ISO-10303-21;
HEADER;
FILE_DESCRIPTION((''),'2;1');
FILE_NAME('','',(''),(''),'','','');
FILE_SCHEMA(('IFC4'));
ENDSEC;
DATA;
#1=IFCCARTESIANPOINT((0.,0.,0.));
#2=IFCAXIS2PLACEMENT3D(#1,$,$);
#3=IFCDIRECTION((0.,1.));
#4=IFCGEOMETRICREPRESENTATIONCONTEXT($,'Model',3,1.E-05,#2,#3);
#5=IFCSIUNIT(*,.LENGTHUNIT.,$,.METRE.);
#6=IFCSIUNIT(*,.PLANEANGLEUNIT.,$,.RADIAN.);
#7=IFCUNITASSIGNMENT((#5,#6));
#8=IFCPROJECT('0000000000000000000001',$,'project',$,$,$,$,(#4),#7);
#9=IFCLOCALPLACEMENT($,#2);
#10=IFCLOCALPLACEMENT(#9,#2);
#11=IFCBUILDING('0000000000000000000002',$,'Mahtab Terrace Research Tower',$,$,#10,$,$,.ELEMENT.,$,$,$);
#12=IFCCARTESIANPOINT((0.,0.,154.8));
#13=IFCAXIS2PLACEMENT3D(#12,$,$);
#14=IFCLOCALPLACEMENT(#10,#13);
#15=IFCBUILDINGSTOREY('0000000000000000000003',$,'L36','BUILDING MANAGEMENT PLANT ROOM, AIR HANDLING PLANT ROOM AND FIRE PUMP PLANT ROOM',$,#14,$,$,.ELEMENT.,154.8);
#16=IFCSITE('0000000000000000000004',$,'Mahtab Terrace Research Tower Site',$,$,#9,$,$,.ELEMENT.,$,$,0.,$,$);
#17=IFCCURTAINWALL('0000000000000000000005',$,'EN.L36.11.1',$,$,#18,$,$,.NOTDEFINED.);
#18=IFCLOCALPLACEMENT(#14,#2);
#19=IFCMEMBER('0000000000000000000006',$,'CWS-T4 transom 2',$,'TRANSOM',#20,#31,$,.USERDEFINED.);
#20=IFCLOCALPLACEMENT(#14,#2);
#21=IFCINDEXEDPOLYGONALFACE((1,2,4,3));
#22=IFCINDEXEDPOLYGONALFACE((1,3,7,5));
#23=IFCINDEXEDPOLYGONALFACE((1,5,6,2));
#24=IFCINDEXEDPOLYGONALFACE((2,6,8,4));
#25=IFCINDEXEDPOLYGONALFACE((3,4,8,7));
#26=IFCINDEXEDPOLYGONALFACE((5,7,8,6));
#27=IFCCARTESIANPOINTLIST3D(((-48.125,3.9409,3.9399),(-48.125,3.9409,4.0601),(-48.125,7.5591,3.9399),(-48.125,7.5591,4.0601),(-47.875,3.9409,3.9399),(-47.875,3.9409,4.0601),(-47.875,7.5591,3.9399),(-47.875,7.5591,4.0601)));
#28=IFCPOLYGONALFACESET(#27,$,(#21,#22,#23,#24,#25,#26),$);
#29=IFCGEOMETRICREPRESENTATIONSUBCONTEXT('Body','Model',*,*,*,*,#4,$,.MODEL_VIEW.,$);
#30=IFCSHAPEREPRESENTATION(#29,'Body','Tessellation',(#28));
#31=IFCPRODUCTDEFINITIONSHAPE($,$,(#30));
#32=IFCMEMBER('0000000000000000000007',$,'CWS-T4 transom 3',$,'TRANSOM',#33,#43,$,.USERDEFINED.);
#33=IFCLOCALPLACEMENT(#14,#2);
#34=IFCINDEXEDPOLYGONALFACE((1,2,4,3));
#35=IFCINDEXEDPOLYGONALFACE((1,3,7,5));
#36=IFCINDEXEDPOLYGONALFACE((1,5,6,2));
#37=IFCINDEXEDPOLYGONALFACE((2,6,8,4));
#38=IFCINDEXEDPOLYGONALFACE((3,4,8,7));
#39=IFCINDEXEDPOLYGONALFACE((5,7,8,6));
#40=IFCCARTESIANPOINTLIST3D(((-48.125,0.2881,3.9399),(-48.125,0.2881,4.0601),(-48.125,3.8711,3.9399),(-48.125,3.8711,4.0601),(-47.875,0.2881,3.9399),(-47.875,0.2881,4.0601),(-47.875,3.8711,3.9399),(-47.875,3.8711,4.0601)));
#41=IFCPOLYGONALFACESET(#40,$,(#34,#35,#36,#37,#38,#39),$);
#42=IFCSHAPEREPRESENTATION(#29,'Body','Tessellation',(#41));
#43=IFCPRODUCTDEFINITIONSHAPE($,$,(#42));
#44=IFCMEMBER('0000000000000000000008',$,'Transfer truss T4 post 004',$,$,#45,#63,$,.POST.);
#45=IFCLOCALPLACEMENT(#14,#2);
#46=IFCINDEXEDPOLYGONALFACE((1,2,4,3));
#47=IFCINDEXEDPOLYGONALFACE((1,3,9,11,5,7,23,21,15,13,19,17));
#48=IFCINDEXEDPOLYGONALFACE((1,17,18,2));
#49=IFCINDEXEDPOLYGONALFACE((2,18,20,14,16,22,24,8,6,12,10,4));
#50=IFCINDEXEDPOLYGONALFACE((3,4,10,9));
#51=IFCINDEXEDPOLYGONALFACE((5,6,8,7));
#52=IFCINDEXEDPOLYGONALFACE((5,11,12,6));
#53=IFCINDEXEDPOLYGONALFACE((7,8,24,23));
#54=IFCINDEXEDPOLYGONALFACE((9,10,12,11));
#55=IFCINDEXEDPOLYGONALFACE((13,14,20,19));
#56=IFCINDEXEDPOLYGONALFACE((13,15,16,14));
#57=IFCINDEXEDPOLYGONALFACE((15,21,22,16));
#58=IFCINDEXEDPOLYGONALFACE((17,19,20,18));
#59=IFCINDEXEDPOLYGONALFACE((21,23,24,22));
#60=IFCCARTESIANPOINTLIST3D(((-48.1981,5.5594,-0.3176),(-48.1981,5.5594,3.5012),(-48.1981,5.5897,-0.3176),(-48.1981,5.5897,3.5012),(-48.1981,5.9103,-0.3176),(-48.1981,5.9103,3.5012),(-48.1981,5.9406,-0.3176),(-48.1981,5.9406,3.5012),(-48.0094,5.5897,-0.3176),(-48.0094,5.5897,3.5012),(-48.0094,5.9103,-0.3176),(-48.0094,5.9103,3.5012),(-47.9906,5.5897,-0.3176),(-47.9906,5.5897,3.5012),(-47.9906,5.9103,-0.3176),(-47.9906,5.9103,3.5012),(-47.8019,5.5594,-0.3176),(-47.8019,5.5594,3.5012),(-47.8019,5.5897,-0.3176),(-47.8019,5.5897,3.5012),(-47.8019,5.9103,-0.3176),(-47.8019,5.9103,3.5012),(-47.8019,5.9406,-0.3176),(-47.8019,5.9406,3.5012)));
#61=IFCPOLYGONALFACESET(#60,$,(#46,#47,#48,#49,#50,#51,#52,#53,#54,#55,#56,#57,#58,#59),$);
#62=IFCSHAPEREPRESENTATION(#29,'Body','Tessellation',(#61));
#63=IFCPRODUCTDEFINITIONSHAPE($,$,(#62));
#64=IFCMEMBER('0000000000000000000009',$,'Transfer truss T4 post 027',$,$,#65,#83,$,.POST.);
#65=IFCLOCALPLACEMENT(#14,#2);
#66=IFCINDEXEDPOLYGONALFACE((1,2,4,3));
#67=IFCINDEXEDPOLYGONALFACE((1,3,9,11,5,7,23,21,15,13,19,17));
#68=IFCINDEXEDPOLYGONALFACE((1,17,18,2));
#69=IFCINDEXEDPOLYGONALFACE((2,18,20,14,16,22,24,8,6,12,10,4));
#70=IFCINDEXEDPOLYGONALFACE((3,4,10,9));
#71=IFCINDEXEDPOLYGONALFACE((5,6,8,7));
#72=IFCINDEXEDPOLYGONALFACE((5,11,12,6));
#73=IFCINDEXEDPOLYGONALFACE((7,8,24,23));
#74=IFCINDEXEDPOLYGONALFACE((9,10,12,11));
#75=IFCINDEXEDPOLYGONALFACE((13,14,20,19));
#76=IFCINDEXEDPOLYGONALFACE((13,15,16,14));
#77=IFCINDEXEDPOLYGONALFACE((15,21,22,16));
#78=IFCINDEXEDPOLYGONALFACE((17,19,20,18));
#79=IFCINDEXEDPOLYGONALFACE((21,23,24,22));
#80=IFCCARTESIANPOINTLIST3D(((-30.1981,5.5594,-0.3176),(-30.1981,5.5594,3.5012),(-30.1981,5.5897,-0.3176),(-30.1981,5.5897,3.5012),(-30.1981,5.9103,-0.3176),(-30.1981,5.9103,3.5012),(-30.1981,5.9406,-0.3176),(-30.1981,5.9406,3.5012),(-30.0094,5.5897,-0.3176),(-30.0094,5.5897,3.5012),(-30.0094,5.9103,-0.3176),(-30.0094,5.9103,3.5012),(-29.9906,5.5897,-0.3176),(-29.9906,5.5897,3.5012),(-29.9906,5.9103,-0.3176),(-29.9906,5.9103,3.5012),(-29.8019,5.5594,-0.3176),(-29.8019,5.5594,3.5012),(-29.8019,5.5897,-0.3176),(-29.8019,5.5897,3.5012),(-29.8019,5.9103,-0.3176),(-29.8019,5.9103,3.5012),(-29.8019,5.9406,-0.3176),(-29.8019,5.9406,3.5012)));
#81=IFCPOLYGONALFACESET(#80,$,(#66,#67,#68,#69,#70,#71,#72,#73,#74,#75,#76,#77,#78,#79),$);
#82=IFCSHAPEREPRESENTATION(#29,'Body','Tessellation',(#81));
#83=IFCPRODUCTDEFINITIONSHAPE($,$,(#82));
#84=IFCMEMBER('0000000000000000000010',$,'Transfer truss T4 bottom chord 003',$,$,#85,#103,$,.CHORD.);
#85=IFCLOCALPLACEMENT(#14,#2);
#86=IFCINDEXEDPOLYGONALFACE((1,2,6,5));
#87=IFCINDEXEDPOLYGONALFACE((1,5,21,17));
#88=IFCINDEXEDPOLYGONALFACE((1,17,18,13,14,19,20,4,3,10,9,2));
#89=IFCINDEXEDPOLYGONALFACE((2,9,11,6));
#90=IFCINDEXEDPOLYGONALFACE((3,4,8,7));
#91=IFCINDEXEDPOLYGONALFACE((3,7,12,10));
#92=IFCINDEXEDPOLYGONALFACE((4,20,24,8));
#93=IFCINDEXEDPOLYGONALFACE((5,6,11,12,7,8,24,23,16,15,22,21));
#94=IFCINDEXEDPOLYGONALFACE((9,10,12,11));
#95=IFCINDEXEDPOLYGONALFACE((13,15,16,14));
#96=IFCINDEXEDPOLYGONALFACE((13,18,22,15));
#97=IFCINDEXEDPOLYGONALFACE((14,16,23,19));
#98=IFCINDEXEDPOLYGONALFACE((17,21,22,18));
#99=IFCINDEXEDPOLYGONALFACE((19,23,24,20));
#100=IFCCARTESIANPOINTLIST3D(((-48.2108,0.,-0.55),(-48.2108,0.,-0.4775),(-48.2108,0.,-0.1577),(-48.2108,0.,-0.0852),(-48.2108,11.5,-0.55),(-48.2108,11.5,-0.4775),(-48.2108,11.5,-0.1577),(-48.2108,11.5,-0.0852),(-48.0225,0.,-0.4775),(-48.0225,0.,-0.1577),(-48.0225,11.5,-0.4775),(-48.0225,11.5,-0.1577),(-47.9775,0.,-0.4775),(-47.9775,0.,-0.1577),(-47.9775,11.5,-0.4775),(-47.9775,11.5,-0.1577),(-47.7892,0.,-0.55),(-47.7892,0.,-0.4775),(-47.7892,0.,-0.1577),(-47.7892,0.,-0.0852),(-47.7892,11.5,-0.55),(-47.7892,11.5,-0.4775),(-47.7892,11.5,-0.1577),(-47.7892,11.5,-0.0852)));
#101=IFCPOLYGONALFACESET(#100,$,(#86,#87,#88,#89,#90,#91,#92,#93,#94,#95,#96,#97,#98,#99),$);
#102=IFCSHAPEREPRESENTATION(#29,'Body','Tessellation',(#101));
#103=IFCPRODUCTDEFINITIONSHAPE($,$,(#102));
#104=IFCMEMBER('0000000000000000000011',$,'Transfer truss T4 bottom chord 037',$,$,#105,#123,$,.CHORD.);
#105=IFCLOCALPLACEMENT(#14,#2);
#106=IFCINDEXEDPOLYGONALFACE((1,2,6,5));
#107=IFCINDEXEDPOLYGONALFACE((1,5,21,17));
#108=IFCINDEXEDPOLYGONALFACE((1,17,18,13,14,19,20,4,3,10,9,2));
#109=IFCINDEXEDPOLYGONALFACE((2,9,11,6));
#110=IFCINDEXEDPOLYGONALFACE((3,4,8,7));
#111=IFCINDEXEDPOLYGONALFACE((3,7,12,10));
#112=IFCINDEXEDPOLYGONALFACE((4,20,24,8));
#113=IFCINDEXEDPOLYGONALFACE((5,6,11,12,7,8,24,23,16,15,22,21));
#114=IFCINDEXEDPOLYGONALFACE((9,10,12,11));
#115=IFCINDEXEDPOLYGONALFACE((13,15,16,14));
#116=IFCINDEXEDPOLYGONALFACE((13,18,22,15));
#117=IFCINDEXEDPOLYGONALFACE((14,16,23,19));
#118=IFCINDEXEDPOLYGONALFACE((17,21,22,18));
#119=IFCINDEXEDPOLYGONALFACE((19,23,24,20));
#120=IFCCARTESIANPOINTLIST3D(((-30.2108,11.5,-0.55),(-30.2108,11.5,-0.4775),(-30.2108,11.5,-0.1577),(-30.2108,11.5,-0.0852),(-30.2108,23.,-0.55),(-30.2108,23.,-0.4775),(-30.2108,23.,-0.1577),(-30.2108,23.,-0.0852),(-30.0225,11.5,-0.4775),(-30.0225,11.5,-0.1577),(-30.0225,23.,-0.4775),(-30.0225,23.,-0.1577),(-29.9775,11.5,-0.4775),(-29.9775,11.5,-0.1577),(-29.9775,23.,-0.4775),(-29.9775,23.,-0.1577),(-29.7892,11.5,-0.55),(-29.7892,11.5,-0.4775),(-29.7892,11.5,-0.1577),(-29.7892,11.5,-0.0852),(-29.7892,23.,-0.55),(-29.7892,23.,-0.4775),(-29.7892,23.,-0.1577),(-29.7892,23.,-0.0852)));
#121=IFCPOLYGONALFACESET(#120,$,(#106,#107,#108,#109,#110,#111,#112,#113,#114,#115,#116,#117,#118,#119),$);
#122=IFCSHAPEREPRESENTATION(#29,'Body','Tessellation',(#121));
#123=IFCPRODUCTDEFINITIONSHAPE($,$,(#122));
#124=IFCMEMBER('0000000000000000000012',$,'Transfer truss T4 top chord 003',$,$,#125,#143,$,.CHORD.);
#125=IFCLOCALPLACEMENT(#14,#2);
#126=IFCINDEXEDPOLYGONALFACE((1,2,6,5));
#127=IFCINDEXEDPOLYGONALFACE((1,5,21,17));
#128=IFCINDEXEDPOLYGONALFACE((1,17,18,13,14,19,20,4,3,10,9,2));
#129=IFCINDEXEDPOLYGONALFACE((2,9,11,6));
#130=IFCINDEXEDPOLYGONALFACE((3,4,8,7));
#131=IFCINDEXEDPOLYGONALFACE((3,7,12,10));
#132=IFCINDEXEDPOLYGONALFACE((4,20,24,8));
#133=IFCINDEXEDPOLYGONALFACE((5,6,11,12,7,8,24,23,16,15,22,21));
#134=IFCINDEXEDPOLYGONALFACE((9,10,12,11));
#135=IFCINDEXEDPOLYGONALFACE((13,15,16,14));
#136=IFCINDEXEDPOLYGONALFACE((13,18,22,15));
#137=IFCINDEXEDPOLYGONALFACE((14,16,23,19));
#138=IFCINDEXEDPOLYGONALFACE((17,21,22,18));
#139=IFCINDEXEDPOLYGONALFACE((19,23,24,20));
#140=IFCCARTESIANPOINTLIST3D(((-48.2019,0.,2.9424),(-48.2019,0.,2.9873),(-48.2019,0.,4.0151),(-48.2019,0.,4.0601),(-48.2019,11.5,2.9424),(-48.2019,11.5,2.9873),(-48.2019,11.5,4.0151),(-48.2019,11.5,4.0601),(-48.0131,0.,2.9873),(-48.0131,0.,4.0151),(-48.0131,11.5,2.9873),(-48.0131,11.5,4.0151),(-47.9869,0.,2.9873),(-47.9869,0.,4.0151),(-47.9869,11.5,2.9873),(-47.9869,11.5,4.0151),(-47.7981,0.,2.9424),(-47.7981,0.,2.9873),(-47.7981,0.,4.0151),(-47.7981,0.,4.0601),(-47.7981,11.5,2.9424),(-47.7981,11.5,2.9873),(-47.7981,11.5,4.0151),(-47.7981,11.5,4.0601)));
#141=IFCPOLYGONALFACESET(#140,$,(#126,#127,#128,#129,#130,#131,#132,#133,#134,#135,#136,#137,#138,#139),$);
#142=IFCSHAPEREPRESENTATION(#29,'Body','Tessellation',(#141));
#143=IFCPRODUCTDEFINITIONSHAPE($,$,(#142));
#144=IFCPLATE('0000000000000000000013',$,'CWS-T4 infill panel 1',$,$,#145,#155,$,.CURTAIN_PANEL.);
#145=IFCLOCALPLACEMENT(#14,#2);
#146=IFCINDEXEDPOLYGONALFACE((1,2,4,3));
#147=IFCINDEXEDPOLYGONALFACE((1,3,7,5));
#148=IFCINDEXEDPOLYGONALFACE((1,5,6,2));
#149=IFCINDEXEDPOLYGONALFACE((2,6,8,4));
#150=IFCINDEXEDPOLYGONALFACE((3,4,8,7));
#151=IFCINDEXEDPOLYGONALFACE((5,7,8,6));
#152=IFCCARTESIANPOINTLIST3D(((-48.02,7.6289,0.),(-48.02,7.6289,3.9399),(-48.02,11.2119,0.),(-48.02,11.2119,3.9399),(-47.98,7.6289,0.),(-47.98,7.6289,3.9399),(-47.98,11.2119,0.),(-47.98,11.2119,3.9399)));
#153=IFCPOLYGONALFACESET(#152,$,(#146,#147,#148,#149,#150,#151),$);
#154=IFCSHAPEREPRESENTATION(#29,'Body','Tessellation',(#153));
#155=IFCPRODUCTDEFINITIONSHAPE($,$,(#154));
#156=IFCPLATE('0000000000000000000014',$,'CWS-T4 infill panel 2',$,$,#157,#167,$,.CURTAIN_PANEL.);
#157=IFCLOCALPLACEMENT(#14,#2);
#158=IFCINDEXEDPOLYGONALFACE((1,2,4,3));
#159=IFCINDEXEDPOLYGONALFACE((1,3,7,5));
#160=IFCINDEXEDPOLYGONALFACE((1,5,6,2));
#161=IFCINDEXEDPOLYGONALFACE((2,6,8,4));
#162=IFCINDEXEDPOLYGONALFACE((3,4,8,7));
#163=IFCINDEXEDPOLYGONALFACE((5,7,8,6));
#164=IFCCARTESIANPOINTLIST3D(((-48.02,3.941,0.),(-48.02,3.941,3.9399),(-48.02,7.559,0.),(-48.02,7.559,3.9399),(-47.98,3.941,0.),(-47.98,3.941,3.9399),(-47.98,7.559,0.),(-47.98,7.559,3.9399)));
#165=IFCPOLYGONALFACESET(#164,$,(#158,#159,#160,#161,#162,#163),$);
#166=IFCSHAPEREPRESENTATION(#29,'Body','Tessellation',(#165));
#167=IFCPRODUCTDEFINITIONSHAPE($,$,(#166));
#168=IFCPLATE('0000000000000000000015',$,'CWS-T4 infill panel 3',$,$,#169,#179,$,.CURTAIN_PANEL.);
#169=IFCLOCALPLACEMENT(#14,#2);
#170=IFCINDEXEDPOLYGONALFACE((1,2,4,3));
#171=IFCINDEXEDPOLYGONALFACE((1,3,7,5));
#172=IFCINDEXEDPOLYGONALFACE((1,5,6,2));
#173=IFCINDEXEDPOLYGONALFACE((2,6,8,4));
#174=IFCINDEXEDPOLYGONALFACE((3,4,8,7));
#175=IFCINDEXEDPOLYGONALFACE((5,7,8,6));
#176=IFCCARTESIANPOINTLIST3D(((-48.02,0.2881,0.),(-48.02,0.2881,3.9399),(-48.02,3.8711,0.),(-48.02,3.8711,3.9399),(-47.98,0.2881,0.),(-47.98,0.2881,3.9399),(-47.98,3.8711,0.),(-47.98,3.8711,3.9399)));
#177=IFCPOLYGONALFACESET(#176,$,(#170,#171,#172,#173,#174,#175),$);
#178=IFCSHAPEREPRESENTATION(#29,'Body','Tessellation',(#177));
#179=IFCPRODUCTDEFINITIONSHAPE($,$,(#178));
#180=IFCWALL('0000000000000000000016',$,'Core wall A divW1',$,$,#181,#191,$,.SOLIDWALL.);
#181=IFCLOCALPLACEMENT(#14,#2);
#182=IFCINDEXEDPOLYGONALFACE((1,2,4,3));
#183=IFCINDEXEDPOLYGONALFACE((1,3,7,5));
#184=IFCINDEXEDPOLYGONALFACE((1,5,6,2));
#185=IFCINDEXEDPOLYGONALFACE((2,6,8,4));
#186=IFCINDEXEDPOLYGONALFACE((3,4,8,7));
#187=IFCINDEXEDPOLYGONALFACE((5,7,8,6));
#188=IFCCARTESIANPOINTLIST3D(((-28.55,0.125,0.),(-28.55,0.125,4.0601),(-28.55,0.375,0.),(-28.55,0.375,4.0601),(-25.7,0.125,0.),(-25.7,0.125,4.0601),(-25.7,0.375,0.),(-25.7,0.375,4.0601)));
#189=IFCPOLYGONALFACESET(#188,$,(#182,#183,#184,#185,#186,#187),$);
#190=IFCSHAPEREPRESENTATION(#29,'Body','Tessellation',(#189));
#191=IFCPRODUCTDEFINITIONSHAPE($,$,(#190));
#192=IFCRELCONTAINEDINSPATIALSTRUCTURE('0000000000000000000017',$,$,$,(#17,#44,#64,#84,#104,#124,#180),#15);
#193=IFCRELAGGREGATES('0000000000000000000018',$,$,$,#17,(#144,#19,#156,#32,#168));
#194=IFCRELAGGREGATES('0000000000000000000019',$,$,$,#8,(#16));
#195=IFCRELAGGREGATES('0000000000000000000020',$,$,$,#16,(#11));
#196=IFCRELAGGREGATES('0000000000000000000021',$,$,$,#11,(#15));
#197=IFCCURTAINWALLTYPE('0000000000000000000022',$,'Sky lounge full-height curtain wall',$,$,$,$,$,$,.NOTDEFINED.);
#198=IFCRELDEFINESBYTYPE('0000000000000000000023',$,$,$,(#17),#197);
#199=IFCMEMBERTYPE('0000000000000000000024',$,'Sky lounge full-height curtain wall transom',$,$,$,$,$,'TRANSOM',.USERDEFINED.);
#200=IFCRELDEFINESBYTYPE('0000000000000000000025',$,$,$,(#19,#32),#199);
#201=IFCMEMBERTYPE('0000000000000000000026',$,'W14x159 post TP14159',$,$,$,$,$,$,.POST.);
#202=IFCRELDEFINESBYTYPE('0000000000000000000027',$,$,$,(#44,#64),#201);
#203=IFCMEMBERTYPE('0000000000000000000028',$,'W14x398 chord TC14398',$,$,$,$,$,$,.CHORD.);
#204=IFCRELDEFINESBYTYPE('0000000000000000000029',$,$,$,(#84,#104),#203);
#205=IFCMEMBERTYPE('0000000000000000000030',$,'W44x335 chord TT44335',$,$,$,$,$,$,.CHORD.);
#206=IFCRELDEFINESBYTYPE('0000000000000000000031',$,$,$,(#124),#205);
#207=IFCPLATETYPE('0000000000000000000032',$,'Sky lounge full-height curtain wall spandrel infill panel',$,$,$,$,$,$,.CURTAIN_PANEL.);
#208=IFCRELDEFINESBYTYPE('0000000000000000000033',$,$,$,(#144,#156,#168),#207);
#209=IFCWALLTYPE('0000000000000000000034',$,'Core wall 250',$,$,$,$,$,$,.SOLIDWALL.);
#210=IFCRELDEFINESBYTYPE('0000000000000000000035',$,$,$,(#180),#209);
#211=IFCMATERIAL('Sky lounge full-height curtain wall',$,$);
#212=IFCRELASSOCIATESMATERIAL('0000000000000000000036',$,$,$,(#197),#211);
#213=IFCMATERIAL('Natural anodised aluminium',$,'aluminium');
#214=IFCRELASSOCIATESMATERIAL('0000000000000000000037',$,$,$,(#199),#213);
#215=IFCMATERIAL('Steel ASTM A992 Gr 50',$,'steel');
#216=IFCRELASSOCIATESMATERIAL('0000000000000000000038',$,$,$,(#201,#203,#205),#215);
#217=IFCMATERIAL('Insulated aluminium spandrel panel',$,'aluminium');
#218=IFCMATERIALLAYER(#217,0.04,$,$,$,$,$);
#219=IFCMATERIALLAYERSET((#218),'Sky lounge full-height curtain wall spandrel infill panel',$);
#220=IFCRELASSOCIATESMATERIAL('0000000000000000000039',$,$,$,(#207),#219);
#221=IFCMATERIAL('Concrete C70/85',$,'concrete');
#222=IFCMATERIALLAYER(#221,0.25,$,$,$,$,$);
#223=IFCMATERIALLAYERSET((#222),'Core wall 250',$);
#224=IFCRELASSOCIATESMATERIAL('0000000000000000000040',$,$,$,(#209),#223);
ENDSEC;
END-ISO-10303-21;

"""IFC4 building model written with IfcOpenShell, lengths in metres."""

from ifc_helpers import new_model, si_unit, direction, frame, frame_2d, origin, origin_2d, place, context, subcontext, project, spatial, rectangle, i_section, extrude, material, layer, layer_set, material_profile, profile_set, type_object, element, aggregate, save


model = new_model("IFC4")

# Units and contexts
model_context = context("Model", 3, precision=1e-05, world=origin(), true_north=direction((0.0, 1.0)))
body_context = subcontext(model_context, "Body", "Model", "MODEL_VIEW")
ifc_project = project(units=[si_unit("LENGTHUNIT", "METRE"), si_unit("PLANEANGLEUNIT", "RADIAN")], contexts=[model_context])

# Site, building, storey
site_placement = place(None, origin())
site = spatial("IfcSite", under=ifc_project, at=site_placement, Name="Mahtab Terrace Research Tower Site", CompositionType="ELEMENT", RefElevation=0.0)
building_placement = place(site_placement, origin())
building = spatial("IfcBuilding", under=site, at=building_placement, Name="Mahtab Terrace Research Tower", CompositionType="ELEMENT")
storey_placement = place(building_placement, frame((0.0, 0.0, 154.8)))
storey = spatial("IfcBuildingStorey", under=building, at=storey_placement, Name="L36", Description="BUILDING MANAGEMENT PLANT ROOM, AIR HANDLING PLANT ROOM AND FIRE PUMP PLANT ROOM", CompositionType="ELEMENT", Elevation=154.8)

# Shared definitions
ifc_material_1 = material(Name="Concrete C70/85", Category="concrete")
ifc_material_2 = material(Name="Steel ASTM A992 Gr 50", Category="steel")

# Curtain wall, members
ifc_material_3 = material(Name="Sky lounge full-height curtain wall")
curtain_wall_type = type_object("IfcCurtainWallType", Name="Sky lounge full-height curtain wall", PredefinedType="NOTDEFINED", material=ifc_material_3)
curtain_wall_placement = place(storey_placement, origin())
curtain_wall = element("IfcCurtainWall", 1, at=curtain_wall_placement, inside=storey, type_object=curtain_wall_type, Name="EN.L36.11.1", PredefinedType="NOTDEFINED")
ifc_material_4 = material(Name="Natural anodised aluminium", Category="aluminium")
ifc_material_profile_1 = material_profile(ifc_material_4, rectangle(XDim=0.25, YDim=0.1201, at=origin_2d()), Name="TRANSOM 120x250")
ifc_profile_set_1 = profile_set([ifc_material_profile_1], Name="Natural anodised aluminium")
member_type_1 = type_object("IfcMemberType", Name="Sky lounge full-height curtain wall transom", ElementType="TRANSOM", PredefinedType="USERDEFINED", material=ifc_profile_set_1)
member_1_placement = place(storey_placement, frame((-48.0, 7.5591, 4.0), z_axis=(0.0, -1.0, 0.0), x_axis=(1.0, 0.0, 0.0)))
member_1 = element("IfcMember", 2, at=member_1_placement, type_object=member_type_1, Name="CWS-T4 transom 2", ObjectType="TRANSOM", PredefinedType="USERDEFINED", context=body_context, shape_type="SweptSolid", body=[
    extrude(rectangle(XDim=0.25, YDim=0.1201, at=origin_2d()), origin(), (0.0, 0.0, 1.0), 3.6182),
])
member_2_placement = place(storey_placement, frame((-48.0, 3.8711, 4.0), z_axis=(0.0, -1.0, 0.0), x_axis=(1.0, 0.0, 0.0)))
member_2 = element("IfcMember", 3, at=member_2_placement, type_object=member_type_1, Name="CWS-T4 transom 3", ObjectType="TRANSOM", PredefinedType="USERDEFINED", context=body_context, shape_type="SweptSolid", body=[
    extrude(rectangle(XDim=0.25, YDim=0.1201, at=origin_2d()), origin(), (0.0, 0.0, 1.0), 3.583),
])

# Members
ifc_material_profile_2 = material_profile(ifc_material_2, i_section(OverallWidth=0.3962, OverallDepth=0.3811, WebThickness=0.0188, FlangeThickness=0.0303, at=origin_2d()), Name="W14X159")
ifc_profile_set_2 = profile_set([ifc_material_profile_2], Name="Steel ASTM A992 Gr 50")
member_type_2 = type_object("IfcMemberType", Name="W14x159 post TP14159", PredefinedType="POST", material=ifc_profile_set_2)
for number, where, z_axis, x_axis, name in (
    (4, (-48.0, 5.75, -0.3176), (0.0, 0.0, 1.0), (1.0, 0.0, 0.0), "Transfer truss T4 post 004"),
    (5, (-30.0, 5.75, -0.3176), (0.0, 0.0, 1.0), (1.0, 0.0, 0.0), "Transfer truss T4 post 027"),
):
    element("IfcMember", number, at=place(storey_placement, frame(where, z_axis=z_axis, x_axis=x_axis)), inside=storey, type_object=member_type_2, Name=name, PredefinedType="POST", context=body_context, shape_type="SweptSolid", body=[
        extrude(i_section(OverallWidth=0.3962, OverallDepth=0.3811, WebThickness=0.0188, FlangeThickness=0.0303, at=origin_2d()), origin(), (0.0, 0.0, 1.0), 3.8188),
    ])
ifc_material_profile_3 = material_profile(ifc_material_2, i_section(OverallWidth=0.4216, OverallDepth=0.4648, WebThickness=0.0449, FlangeThickness=0.0725, at=origin_2d()), Name="W14X398")
ifc_profile_set_3 = profile_set([ifc_material_profile_3], Name="Steel ASTM A992 Gr 50")
member_type_3 = type_object("IfcMemberType", Name="W14x398 chord TC14398", PredefinedType="CHORD", material=ifc_profile_set_3)
for number, where, z_axis, x_axis, name in (
    (6, (-48.0, 11.5, -0.3176), (0.0, -1.0, 0.0), (1.0, 0.0, 0.0), "Transfer truss T4 bottom chord 003"),
    (7, (-30.0, 11.5, -0.3176), (0.0, 1.0, 0.0), (-1.0, 0.0, 0.0), "Transfer truss T4 bottom chord 037"),
):
    element("IfcMember", number, at=place(storey_placement, frame(where, z_axis=z_axis, x_axis=x_axis)), inside=storey, type_object=member_type_3, Name=name, PredefinedType="CHORD", context=body_context, shape_type="SweptSolid", body=[
        extrude(i_section(OverallWidth=0.4216, OverallDepth=0.4648, WebThickness=0.0449, FlangeThickness=0.0725, at=origin_2d()), origin(), (0.0, 0.0, 1.0), 11.5),
    ])
ifc_material_profile_4 = material_profile(ifc_material_2, i_section(OverallWidth=0.4038, OverallDepth=1.1177, WebThickness=0.0261, FlangeThickness=0.0449, at=origin_2d()), Name="W44X335")
ifc_profile_set_4 = profile_set([ifc_material_profile_4], Name="Steel ASTM A992 Gr 50")
member_type_4 = type_object("IfcMemberType", Name="W44x335 chord TT44335", PredefinedType="CHORD", material=ifc_profile_set_4)
member_3_placement = place(storey_placement, frame((-48.0, 11.5, 3.5012), z_axis=(0.0, -1.0, 0.0), x_axis=(1.0, 0.0, 0.0)))
element("IfcMember", 8, at=member_3_placement, inside=storey, type_object=member_type_4, Name="Transfer truss T4 top chord 003", PredefinedType="CHORD", context=body_context, shape_type="SweptSolid", body=[
    extrude(i_section(OverallWidth=0.4038, OverallDepth=1.1177, WebThickness=0.0261, FlangeThickness=0.0449, at=origin_2d()), origin(), (0.0, 0.0, 1.0), 11.5),
])

# Plates
ifc_material_5 = material(Name="Insulated aluminium spandrel panel", Category="aluminium")
ifc_layer_1 = layer(ifc_material_5, 0.04)
ifc_layer_set_1 = layer_set([ifc_layer_1], Name="Sky lounge full-height curtain wall spandrel infill panel")
plate_type = type_object("IfcPlateType", Name="Sky lounge full-height curtain wall spandrel infill panel", PredefinedType="CURTAIN_PANEL", material=ifc_layer_set_1)
plate_1_placement = place(storey_placement, frame((-48.0, 9.4204, 0.0), z_axis=(0.0, 0.0, 1.0), x_axis=(0.0, -1.0, 0.0)))
plate_1 = element("IfcPlate", 9, at=plate_1_placement, type_object=plate_type, Name="CWS-T4 infill panel 1", PredefinedType="CURTAIN_PANEL", context=body_context, shape_type="SweptSolid", body=[
    extrude(rectangle(XDim=3.583, YDim=0.04, at=origin_2d()), origin(), (0.0, 0.0, 1.0), 3.9399),
])
plate_2_placement = place(storey_placement, frame((-48.0, 5.75, 0.0), z_axis=(0.0, 0.0, 1.0), x_axis=(0.0, -1.0, 0.0)))
plate_2 = element("IfcPlate", 10, at=plate_2_placement, type_object=plate_type, Name="CWS-T4 infill panel 2", PredefinedType="CURTAIN_PANEL", context=body_context, shape_type="SweptSolid", body=[
    extrude(rectangle(XDim=3.6179, YDim=0.04, at=origin_2d()), origin(), (0.0, 0.0, 1.0), 3.9399),
])
plate_3_placement = place(storey_placement, frame((-48.0, 2.0796, 0.0), z_axis=(0.0, 0.0, 1.0), x_axis=(0.0, -1.0, 0.0)))
plate_3 = element("IfcPlate", 11, at=plate_3_placement, type_object=plate_type, Name="CWS-T4 infill panel 3", PredefinedType="CURTAIN_PANEL", context=body_context, shape_type="SweptSolid", body=[
    extrude(rectangle(XDim=3.583, YDim=0.04, at=origin_2d()), origin(), (0.0, 0.0, 1.0), 3.9399),
])
aggregate(curtain_wall, [plate_1, member_1, plate_2, member_2, plate_3])

# Wall
ifc_layer_2 = layer(ifc_material_1, 0.25)
ifc_layer_set_2 = layer_set([ifc_layer_2], Name="Core wall 250")
wall_type_1 = type_object("IfcWallType", Name="Core wall 250", PredefinedType="SOLIDWALL", material=ifc_layer_set_2)
for number, where, z_axis, x_axis, name in (
    (12, (-28.55, 0.25, 0.0), (0.0, 0.0, 1.0), (1.0, 0.0, 0.0), "Core wall A divW1"),
):
    element("IfcWall", number, at=place(storey_placement, frame(where, z_axis=z_axis, x_axis=x_axis)), inside=storey, type_object=wall_type_1, Name=name, PredefinedType="SOLIDWALL", context=body_context, shape_type="SweptSolid", body=[
        extrude(rectangle(XDim=2.8501, YDim=0.25, at=frame_2d((1.425, 0.0))), origin(), (0.0, 0.0, 1.0), 4.0601),
    ])

save(model, "model.ifc")
